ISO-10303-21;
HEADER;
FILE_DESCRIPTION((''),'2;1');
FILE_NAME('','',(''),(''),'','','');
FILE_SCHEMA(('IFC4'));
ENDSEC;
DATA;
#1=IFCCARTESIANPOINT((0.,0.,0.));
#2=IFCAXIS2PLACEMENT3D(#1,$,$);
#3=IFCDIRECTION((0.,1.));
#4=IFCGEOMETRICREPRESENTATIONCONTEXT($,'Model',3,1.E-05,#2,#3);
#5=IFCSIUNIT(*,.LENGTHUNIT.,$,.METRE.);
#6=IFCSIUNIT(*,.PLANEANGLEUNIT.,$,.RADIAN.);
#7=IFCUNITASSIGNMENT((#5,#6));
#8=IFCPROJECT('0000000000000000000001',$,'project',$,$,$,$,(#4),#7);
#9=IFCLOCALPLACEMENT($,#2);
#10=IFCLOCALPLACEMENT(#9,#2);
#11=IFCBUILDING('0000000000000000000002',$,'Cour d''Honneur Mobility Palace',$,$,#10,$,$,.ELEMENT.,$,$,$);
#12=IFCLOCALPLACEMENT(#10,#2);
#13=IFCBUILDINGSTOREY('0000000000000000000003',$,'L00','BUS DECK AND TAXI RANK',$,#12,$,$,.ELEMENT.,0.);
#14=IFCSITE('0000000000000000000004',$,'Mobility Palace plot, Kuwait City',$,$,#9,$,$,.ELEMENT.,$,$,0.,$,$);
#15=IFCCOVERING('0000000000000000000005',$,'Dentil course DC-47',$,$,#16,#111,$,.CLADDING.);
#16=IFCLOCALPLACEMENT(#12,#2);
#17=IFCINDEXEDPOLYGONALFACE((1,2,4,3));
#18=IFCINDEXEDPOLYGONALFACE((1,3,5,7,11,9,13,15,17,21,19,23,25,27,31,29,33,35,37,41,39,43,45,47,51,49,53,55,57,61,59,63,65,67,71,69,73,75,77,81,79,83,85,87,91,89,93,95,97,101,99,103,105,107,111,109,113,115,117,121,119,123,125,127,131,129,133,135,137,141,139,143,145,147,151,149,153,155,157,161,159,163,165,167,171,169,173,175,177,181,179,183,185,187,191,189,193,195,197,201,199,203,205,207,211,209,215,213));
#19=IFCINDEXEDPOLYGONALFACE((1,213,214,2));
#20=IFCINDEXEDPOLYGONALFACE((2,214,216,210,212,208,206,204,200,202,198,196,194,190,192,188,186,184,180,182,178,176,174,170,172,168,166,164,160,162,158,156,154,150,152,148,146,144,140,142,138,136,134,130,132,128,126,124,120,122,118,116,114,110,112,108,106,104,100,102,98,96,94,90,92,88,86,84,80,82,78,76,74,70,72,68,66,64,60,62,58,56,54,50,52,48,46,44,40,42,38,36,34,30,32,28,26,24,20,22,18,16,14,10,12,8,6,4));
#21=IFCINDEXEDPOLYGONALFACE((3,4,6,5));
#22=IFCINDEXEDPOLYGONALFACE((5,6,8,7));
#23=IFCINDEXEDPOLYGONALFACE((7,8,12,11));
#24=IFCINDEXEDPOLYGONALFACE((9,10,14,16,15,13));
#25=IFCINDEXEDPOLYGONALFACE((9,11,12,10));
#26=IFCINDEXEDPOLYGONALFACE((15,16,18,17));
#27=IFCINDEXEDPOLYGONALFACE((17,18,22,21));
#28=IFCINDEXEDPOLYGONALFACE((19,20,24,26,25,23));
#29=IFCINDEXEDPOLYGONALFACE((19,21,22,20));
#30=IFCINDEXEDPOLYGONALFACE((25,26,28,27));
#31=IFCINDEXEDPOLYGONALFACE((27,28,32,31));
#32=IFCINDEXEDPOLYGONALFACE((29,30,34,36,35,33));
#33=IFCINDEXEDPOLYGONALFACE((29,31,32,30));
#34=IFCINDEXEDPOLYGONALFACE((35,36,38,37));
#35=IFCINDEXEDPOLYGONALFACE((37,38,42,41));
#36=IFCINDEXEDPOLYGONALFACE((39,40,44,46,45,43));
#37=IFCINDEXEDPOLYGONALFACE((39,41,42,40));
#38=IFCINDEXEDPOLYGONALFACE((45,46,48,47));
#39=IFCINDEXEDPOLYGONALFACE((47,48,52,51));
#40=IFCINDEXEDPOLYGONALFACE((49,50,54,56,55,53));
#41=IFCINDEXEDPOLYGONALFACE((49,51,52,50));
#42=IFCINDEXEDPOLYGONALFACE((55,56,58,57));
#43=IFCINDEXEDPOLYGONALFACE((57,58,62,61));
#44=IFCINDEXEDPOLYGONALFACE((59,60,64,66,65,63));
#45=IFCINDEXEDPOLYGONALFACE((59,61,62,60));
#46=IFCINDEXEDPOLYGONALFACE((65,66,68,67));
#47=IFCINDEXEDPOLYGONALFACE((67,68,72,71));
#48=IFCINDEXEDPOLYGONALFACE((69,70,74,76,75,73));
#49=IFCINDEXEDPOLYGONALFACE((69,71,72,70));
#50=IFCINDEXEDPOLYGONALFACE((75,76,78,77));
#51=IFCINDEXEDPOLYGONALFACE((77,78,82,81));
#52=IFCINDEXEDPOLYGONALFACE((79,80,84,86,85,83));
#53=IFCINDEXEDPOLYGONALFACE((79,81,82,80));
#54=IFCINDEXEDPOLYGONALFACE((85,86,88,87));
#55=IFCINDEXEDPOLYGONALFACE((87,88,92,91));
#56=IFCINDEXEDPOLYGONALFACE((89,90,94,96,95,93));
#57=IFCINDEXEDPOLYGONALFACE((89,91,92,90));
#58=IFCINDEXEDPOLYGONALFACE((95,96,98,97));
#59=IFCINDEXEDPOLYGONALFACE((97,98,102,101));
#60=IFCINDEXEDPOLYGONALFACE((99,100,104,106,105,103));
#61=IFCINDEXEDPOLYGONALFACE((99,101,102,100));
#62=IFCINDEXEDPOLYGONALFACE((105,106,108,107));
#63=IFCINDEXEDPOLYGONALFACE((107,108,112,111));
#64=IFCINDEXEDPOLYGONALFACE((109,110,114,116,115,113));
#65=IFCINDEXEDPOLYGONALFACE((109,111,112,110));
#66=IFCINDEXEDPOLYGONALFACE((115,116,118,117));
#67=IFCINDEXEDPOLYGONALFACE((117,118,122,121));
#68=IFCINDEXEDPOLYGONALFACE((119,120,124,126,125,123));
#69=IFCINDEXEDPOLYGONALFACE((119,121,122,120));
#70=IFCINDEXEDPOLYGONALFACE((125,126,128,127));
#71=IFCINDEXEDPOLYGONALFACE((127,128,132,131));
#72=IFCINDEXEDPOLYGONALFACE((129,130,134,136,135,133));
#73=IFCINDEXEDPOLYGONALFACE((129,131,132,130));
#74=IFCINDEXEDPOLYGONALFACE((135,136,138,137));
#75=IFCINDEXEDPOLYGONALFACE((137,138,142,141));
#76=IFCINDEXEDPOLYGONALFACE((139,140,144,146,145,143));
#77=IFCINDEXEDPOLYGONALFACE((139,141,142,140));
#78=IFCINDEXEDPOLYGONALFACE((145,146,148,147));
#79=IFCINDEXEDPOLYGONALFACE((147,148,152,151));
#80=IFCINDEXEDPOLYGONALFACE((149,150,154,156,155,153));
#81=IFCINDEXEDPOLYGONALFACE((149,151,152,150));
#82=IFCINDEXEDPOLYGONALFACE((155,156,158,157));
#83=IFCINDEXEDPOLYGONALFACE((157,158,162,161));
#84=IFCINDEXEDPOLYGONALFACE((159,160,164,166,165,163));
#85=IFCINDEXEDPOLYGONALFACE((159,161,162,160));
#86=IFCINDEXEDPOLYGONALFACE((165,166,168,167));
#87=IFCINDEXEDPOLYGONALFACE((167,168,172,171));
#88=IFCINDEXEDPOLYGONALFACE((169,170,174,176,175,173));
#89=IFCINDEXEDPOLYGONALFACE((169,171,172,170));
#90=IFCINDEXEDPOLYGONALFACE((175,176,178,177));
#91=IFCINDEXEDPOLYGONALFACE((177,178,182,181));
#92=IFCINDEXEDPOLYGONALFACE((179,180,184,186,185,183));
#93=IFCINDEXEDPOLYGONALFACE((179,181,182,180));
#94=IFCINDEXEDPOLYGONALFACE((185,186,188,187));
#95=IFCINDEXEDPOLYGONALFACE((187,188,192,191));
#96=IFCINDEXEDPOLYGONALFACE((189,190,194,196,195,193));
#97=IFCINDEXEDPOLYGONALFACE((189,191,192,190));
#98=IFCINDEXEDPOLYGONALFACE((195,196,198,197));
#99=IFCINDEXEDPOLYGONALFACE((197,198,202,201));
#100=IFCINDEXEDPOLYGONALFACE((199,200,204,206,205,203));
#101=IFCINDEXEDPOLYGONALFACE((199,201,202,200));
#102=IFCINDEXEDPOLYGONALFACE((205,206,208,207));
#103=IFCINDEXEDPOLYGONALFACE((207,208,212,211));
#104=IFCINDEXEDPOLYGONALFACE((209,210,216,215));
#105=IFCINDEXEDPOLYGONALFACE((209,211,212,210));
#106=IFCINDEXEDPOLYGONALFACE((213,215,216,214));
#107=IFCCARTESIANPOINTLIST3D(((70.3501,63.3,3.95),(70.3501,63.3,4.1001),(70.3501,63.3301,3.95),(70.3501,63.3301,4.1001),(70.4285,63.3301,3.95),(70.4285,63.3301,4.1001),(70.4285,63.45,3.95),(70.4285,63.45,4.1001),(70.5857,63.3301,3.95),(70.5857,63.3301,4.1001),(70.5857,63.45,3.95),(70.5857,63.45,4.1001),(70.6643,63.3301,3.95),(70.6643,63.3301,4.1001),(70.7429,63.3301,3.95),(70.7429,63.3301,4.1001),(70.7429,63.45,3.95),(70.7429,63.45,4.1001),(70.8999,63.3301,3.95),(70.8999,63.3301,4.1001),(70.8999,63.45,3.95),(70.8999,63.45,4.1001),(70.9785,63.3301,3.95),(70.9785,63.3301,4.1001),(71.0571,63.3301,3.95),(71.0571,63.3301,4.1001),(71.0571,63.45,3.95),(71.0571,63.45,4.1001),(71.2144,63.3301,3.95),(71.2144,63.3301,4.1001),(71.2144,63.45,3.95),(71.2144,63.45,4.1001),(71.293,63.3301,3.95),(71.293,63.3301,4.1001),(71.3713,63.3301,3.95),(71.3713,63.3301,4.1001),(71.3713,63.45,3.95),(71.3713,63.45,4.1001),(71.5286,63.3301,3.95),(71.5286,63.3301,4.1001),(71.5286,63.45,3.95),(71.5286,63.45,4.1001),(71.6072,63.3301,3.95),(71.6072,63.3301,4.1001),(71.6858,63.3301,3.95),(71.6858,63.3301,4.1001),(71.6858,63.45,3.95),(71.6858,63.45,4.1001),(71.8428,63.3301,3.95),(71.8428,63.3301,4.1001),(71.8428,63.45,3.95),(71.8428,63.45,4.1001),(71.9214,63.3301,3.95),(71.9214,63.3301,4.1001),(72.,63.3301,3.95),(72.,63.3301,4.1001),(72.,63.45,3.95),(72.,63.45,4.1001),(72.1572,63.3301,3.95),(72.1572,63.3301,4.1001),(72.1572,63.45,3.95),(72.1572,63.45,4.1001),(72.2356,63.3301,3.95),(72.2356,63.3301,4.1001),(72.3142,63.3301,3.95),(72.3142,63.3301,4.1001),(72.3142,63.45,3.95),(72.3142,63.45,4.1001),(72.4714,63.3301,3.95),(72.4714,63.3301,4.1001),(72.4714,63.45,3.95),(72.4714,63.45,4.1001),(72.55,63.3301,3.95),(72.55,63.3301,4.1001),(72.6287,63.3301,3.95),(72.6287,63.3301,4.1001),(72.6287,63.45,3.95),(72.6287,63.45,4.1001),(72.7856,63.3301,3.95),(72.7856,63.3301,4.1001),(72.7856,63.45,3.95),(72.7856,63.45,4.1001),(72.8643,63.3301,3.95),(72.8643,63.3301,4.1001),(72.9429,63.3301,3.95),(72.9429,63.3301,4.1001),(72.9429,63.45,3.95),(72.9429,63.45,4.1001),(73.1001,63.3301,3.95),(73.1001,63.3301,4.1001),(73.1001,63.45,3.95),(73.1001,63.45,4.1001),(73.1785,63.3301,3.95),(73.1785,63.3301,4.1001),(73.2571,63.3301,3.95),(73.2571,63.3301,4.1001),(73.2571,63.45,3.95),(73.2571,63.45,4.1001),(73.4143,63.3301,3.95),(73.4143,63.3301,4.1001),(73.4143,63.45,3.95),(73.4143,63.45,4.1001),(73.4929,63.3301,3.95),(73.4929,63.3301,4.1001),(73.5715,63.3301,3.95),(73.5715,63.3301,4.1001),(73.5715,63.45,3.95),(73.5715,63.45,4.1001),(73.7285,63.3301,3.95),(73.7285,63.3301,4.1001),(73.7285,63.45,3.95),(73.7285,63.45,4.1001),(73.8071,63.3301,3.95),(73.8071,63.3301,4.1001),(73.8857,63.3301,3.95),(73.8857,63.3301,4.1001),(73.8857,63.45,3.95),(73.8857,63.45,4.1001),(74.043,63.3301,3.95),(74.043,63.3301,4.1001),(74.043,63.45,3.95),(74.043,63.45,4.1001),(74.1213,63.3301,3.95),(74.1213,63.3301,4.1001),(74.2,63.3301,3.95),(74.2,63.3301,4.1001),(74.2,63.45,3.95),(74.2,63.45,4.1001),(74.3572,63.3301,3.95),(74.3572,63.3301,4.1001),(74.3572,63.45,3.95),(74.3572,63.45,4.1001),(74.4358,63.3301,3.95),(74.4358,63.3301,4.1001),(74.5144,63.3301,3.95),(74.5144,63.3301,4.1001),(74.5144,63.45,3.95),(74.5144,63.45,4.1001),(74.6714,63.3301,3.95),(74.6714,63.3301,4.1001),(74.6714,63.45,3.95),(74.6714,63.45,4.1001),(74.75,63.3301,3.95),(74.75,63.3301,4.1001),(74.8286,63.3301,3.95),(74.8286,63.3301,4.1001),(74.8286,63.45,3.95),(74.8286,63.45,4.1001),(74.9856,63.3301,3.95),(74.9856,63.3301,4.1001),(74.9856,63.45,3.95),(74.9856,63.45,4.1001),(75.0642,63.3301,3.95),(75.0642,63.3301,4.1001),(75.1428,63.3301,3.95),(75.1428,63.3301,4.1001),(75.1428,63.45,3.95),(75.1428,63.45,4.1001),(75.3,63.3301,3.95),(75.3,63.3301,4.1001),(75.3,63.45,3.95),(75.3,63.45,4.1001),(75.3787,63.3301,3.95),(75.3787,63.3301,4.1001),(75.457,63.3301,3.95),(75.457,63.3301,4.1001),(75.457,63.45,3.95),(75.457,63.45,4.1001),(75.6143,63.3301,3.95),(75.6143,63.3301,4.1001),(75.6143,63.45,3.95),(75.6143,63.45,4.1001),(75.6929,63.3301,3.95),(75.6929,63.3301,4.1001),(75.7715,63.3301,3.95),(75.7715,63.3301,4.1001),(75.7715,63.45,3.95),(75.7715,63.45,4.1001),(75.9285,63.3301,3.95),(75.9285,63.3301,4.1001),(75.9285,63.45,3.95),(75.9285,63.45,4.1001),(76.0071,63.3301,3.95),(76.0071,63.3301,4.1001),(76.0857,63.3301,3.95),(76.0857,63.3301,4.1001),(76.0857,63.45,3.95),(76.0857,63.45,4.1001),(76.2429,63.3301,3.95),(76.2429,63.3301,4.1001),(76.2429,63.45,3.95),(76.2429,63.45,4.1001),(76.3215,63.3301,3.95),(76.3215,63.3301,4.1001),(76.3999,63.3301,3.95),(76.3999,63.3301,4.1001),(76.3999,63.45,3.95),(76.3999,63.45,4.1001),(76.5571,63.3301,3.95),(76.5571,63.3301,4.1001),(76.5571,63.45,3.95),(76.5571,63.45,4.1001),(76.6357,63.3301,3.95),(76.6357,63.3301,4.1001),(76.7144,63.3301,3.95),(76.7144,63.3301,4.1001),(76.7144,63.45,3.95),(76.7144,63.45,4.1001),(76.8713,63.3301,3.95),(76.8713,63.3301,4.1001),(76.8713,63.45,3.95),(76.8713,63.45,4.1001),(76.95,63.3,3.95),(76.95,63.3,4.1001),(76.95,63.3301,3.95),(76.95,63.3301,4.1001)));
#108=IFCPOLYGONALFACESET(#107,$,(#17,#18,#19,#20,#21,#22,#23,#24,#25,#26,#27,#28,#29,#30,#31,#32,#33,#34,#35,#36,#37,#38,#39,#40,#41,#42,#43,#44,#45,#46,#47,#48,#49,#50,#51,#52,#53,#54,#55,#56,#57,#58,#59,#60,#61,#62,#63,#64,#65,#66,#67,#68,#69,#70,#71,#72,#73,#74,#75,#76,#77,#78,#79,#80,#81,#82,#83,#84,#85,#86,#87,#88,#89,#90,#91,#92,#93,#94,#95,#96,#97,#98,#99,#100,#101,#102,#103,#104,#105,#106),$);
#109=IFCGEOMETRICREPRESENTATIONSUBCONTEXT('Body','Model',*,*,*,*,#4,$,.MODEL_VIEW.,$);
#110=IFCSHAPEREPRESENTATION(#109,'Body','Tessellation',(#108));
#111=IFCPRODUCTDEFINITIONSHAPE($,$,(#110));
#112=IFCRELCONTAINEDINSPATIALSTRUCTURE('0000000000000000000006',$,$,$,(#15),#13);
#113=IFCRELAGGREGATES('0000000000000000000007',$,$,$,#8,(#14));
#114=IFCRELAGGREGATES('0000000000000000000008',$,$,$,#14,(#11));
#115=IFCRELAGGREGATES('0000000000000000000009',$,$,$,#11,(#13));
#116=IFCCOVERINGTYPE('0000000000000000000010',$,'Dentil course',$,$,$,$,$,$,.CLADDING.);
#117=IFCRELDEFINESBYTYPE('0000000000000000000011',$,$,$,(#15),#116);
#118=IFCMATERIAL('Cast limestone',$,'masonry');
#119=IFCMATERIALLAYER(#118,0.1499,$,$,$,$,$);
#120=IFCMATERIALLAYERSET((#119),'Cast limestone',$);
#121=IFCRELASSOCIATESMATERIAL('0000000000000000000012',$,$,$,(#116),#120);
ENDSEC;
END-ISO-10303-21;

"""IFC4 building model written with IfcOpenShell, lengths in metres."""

from ifc_helpers import new_model, si_unit, direction, frame, origin, place, context, subcontext, project, spatial, polyline, outline, extrude, material, layer, layer_set, type_object, element, save


model = new_model("IFC4")

# Units and contexts
model_context = context("Model", 3, precision=1e-05, world=origin(), true_north=direction((0.0, 1.0)))
body_context = subcontext(model_context, "Body", "Model", "MODEL_VIEW")
ifc_project = project(units=[si_unit("LENGTHUNIT", "METRE"), si_unit("PLANEANGLEUNIT", "RADIAN")], contexts=[model_context])

# Site, building, storey
site_placement = place(None, origin())
site = spatial("IfcSite", under=ifc_project, at=site_placement, Name="Mobility Palace plot, Kuwait City", CompositionType="ELEMENT", RefElevation=0.0)
building_placement = place(site_placement, origin())
building = spatial("IfcBuilding", under=site, at=building_placement, Name="Cour d'Honneur Mobility Palace", CompositionType="ELEMENT")
storey_placement = place(building_placement, origin())
storey = spatial("IfcBuildingStorey", under=building, at=storey_placement, Name="L00", Description="BUS DECK AND TAXI RANK", CompositionType="ELEMENT", Elevation=0.0)

# Covering
ifc_material = material(Name="Cast limestone", Category="masonry")
ifc_layer = layer(ifc_material, 0.1499)
ifc_layer_set = layer_set([ifc_layer], Name="Cast limestone")
covering_type = type_object("IfcCoveringType", Name="Dentil course", PredefinedType="CLADDING", material=ifc_layer_set)
covering_1_placement = place(storey_placement, frame((0.0, 0.0, 3.95)))
element("IfcCovering", 1, at=covering_1_placement, inside=storey, type_object=covering_type, Name="Dentil course DC-47", PredefinedType="CLADDING", context=body_context, shape_type="SweptSolid", body=[
    extrude(outline(polyline([(76.95, 63.3), (70.3501, 63.3), (70.3501, 63.3301), (70.3501, 63.3301), (70.4285, 63.3301), (70.4285, 63.45), (70.5857, 63.45), (70.5857, 63.3301), (70.6643, 63.3301), (70.6643, 63.3301), (70.7429, 63.3301), (70.7429, 63.45), (70.8999, 63.45), (70.8999, 63.3301), (70.9785, 63.3301), (70.9785, 63.3301), (71.0571, 63.3301), (71.0571, 63.45), (71.2144, 63.45), (71.2144, 63.3301), (71.293, 63.3301), (71.293, 63.3301), (71.3713, 63.3301), (71.3713, 63.45), (71.5286, 63.45), (71.5286, 63.3301), (71.6072, 63.3301), (71.6072, 63.3301), (71.6858, 63.3301), (71.6858, 63.45), (71.8428, 63.45), (71.8428, 63.3301), (71.9214, 63.3301), (71.9214, 63.3301), (72.0, 63.3301), (72.0, 63.45), (72.1572, 63.45), (72.1572, 63.3301), (72.2356, 63.3301), (72.2356, 63.3301), (72.3142, 63.3301), (72.3142, 63.45), (72.4714, 63.45), (72.4714, 63.3301), (72.55, 63.3301), (72.55, 63.3301), (72.6287, 63.3301), (72.6287, 63.45), (72.7856, 63.45), (72.7856, 63.3301), (72.8643, 63.3301), (72.8643, 63.3301), (72.9429, 63.3301), (72.9429, 63.45), (73.1001, 63.45), (73.1001, 63.3301), (73.1785, 63.3301), (73.1785, 63.3301), (73.2571, 63.3301), (73.2571, 63.45), (73.4143, 63.45), (73.4143, 63.3301), (73.4929, 63.3301), (73.4929, 63.3301), (73.5715, 63.3301), (73.5715, 63.45), (73.7285, 63.45), (73.7285, 63.3301), (73.8071, 63.3301), (73.8071, 63.3301), (73.8857, 63.3301), (73.8857, 63.45), (74.043, 63.45), (74.043, 63.3301), (74.1213, 63.3301), (74.1213, 63.3301), (74.2, 63.3301), (74.2, 63.45), (74.3572, 63.45), (74.3572, 63.3301), (74.4358, 63.3301), (74.4358, 63.3301), (74.5144, 63.3301), (74.5144, 63.45), (74.6714, 63.45), (74.6714, 63.3301), (74.75, 63.3301), (74.75, 63.3301), (74.8286, 63.3301), (74.8286, 63.45), (74.9856, 63.45), (74.9856, 63.3301), (75.0642, 63.3301), (75.0642, 63.3301), (75.1428, 63.3301), (75.1428, 63.45), (75.3, 63.45), (75.3, 63.3301), (75.3787, 63.3301), (75.3787, 63.3301), (75.457, 63.3301), (75.457, 63.45), (75.6143, 63.45), (75.6143, 63.3301), (75.6929, 63.3301), (75.6929, 63.3301), (75.7715, 63.3301), (75.7715, 63.45), (75.9285, 63.45), (75.9285, 63.3301), (76.0071, 63.3301), (76.0071, 63.3301), (76.0857, 63.3301), (76.0857, 63.45), (76.2429, 63.45), (76.2429, 63.3301), (76.3215, 63.3301), (76.3215, 63.3301), (76.3999, 63.3301), (76.3999, 63.45), (76.5571, 63.45), (76.5571, 63.3301), (76.6357, 63.3301), (76.6357, 63.3301), (76.7144, 63.3301), (76.7144, 63.45), (76.8713, 63.45), (76.8713, 63.3301), (76.95, 63.3301), (76.95, 63.3)])), origin(), (0.0, 0.0, 1.0), 0.1501),
])

save(model, "model.ifc")
